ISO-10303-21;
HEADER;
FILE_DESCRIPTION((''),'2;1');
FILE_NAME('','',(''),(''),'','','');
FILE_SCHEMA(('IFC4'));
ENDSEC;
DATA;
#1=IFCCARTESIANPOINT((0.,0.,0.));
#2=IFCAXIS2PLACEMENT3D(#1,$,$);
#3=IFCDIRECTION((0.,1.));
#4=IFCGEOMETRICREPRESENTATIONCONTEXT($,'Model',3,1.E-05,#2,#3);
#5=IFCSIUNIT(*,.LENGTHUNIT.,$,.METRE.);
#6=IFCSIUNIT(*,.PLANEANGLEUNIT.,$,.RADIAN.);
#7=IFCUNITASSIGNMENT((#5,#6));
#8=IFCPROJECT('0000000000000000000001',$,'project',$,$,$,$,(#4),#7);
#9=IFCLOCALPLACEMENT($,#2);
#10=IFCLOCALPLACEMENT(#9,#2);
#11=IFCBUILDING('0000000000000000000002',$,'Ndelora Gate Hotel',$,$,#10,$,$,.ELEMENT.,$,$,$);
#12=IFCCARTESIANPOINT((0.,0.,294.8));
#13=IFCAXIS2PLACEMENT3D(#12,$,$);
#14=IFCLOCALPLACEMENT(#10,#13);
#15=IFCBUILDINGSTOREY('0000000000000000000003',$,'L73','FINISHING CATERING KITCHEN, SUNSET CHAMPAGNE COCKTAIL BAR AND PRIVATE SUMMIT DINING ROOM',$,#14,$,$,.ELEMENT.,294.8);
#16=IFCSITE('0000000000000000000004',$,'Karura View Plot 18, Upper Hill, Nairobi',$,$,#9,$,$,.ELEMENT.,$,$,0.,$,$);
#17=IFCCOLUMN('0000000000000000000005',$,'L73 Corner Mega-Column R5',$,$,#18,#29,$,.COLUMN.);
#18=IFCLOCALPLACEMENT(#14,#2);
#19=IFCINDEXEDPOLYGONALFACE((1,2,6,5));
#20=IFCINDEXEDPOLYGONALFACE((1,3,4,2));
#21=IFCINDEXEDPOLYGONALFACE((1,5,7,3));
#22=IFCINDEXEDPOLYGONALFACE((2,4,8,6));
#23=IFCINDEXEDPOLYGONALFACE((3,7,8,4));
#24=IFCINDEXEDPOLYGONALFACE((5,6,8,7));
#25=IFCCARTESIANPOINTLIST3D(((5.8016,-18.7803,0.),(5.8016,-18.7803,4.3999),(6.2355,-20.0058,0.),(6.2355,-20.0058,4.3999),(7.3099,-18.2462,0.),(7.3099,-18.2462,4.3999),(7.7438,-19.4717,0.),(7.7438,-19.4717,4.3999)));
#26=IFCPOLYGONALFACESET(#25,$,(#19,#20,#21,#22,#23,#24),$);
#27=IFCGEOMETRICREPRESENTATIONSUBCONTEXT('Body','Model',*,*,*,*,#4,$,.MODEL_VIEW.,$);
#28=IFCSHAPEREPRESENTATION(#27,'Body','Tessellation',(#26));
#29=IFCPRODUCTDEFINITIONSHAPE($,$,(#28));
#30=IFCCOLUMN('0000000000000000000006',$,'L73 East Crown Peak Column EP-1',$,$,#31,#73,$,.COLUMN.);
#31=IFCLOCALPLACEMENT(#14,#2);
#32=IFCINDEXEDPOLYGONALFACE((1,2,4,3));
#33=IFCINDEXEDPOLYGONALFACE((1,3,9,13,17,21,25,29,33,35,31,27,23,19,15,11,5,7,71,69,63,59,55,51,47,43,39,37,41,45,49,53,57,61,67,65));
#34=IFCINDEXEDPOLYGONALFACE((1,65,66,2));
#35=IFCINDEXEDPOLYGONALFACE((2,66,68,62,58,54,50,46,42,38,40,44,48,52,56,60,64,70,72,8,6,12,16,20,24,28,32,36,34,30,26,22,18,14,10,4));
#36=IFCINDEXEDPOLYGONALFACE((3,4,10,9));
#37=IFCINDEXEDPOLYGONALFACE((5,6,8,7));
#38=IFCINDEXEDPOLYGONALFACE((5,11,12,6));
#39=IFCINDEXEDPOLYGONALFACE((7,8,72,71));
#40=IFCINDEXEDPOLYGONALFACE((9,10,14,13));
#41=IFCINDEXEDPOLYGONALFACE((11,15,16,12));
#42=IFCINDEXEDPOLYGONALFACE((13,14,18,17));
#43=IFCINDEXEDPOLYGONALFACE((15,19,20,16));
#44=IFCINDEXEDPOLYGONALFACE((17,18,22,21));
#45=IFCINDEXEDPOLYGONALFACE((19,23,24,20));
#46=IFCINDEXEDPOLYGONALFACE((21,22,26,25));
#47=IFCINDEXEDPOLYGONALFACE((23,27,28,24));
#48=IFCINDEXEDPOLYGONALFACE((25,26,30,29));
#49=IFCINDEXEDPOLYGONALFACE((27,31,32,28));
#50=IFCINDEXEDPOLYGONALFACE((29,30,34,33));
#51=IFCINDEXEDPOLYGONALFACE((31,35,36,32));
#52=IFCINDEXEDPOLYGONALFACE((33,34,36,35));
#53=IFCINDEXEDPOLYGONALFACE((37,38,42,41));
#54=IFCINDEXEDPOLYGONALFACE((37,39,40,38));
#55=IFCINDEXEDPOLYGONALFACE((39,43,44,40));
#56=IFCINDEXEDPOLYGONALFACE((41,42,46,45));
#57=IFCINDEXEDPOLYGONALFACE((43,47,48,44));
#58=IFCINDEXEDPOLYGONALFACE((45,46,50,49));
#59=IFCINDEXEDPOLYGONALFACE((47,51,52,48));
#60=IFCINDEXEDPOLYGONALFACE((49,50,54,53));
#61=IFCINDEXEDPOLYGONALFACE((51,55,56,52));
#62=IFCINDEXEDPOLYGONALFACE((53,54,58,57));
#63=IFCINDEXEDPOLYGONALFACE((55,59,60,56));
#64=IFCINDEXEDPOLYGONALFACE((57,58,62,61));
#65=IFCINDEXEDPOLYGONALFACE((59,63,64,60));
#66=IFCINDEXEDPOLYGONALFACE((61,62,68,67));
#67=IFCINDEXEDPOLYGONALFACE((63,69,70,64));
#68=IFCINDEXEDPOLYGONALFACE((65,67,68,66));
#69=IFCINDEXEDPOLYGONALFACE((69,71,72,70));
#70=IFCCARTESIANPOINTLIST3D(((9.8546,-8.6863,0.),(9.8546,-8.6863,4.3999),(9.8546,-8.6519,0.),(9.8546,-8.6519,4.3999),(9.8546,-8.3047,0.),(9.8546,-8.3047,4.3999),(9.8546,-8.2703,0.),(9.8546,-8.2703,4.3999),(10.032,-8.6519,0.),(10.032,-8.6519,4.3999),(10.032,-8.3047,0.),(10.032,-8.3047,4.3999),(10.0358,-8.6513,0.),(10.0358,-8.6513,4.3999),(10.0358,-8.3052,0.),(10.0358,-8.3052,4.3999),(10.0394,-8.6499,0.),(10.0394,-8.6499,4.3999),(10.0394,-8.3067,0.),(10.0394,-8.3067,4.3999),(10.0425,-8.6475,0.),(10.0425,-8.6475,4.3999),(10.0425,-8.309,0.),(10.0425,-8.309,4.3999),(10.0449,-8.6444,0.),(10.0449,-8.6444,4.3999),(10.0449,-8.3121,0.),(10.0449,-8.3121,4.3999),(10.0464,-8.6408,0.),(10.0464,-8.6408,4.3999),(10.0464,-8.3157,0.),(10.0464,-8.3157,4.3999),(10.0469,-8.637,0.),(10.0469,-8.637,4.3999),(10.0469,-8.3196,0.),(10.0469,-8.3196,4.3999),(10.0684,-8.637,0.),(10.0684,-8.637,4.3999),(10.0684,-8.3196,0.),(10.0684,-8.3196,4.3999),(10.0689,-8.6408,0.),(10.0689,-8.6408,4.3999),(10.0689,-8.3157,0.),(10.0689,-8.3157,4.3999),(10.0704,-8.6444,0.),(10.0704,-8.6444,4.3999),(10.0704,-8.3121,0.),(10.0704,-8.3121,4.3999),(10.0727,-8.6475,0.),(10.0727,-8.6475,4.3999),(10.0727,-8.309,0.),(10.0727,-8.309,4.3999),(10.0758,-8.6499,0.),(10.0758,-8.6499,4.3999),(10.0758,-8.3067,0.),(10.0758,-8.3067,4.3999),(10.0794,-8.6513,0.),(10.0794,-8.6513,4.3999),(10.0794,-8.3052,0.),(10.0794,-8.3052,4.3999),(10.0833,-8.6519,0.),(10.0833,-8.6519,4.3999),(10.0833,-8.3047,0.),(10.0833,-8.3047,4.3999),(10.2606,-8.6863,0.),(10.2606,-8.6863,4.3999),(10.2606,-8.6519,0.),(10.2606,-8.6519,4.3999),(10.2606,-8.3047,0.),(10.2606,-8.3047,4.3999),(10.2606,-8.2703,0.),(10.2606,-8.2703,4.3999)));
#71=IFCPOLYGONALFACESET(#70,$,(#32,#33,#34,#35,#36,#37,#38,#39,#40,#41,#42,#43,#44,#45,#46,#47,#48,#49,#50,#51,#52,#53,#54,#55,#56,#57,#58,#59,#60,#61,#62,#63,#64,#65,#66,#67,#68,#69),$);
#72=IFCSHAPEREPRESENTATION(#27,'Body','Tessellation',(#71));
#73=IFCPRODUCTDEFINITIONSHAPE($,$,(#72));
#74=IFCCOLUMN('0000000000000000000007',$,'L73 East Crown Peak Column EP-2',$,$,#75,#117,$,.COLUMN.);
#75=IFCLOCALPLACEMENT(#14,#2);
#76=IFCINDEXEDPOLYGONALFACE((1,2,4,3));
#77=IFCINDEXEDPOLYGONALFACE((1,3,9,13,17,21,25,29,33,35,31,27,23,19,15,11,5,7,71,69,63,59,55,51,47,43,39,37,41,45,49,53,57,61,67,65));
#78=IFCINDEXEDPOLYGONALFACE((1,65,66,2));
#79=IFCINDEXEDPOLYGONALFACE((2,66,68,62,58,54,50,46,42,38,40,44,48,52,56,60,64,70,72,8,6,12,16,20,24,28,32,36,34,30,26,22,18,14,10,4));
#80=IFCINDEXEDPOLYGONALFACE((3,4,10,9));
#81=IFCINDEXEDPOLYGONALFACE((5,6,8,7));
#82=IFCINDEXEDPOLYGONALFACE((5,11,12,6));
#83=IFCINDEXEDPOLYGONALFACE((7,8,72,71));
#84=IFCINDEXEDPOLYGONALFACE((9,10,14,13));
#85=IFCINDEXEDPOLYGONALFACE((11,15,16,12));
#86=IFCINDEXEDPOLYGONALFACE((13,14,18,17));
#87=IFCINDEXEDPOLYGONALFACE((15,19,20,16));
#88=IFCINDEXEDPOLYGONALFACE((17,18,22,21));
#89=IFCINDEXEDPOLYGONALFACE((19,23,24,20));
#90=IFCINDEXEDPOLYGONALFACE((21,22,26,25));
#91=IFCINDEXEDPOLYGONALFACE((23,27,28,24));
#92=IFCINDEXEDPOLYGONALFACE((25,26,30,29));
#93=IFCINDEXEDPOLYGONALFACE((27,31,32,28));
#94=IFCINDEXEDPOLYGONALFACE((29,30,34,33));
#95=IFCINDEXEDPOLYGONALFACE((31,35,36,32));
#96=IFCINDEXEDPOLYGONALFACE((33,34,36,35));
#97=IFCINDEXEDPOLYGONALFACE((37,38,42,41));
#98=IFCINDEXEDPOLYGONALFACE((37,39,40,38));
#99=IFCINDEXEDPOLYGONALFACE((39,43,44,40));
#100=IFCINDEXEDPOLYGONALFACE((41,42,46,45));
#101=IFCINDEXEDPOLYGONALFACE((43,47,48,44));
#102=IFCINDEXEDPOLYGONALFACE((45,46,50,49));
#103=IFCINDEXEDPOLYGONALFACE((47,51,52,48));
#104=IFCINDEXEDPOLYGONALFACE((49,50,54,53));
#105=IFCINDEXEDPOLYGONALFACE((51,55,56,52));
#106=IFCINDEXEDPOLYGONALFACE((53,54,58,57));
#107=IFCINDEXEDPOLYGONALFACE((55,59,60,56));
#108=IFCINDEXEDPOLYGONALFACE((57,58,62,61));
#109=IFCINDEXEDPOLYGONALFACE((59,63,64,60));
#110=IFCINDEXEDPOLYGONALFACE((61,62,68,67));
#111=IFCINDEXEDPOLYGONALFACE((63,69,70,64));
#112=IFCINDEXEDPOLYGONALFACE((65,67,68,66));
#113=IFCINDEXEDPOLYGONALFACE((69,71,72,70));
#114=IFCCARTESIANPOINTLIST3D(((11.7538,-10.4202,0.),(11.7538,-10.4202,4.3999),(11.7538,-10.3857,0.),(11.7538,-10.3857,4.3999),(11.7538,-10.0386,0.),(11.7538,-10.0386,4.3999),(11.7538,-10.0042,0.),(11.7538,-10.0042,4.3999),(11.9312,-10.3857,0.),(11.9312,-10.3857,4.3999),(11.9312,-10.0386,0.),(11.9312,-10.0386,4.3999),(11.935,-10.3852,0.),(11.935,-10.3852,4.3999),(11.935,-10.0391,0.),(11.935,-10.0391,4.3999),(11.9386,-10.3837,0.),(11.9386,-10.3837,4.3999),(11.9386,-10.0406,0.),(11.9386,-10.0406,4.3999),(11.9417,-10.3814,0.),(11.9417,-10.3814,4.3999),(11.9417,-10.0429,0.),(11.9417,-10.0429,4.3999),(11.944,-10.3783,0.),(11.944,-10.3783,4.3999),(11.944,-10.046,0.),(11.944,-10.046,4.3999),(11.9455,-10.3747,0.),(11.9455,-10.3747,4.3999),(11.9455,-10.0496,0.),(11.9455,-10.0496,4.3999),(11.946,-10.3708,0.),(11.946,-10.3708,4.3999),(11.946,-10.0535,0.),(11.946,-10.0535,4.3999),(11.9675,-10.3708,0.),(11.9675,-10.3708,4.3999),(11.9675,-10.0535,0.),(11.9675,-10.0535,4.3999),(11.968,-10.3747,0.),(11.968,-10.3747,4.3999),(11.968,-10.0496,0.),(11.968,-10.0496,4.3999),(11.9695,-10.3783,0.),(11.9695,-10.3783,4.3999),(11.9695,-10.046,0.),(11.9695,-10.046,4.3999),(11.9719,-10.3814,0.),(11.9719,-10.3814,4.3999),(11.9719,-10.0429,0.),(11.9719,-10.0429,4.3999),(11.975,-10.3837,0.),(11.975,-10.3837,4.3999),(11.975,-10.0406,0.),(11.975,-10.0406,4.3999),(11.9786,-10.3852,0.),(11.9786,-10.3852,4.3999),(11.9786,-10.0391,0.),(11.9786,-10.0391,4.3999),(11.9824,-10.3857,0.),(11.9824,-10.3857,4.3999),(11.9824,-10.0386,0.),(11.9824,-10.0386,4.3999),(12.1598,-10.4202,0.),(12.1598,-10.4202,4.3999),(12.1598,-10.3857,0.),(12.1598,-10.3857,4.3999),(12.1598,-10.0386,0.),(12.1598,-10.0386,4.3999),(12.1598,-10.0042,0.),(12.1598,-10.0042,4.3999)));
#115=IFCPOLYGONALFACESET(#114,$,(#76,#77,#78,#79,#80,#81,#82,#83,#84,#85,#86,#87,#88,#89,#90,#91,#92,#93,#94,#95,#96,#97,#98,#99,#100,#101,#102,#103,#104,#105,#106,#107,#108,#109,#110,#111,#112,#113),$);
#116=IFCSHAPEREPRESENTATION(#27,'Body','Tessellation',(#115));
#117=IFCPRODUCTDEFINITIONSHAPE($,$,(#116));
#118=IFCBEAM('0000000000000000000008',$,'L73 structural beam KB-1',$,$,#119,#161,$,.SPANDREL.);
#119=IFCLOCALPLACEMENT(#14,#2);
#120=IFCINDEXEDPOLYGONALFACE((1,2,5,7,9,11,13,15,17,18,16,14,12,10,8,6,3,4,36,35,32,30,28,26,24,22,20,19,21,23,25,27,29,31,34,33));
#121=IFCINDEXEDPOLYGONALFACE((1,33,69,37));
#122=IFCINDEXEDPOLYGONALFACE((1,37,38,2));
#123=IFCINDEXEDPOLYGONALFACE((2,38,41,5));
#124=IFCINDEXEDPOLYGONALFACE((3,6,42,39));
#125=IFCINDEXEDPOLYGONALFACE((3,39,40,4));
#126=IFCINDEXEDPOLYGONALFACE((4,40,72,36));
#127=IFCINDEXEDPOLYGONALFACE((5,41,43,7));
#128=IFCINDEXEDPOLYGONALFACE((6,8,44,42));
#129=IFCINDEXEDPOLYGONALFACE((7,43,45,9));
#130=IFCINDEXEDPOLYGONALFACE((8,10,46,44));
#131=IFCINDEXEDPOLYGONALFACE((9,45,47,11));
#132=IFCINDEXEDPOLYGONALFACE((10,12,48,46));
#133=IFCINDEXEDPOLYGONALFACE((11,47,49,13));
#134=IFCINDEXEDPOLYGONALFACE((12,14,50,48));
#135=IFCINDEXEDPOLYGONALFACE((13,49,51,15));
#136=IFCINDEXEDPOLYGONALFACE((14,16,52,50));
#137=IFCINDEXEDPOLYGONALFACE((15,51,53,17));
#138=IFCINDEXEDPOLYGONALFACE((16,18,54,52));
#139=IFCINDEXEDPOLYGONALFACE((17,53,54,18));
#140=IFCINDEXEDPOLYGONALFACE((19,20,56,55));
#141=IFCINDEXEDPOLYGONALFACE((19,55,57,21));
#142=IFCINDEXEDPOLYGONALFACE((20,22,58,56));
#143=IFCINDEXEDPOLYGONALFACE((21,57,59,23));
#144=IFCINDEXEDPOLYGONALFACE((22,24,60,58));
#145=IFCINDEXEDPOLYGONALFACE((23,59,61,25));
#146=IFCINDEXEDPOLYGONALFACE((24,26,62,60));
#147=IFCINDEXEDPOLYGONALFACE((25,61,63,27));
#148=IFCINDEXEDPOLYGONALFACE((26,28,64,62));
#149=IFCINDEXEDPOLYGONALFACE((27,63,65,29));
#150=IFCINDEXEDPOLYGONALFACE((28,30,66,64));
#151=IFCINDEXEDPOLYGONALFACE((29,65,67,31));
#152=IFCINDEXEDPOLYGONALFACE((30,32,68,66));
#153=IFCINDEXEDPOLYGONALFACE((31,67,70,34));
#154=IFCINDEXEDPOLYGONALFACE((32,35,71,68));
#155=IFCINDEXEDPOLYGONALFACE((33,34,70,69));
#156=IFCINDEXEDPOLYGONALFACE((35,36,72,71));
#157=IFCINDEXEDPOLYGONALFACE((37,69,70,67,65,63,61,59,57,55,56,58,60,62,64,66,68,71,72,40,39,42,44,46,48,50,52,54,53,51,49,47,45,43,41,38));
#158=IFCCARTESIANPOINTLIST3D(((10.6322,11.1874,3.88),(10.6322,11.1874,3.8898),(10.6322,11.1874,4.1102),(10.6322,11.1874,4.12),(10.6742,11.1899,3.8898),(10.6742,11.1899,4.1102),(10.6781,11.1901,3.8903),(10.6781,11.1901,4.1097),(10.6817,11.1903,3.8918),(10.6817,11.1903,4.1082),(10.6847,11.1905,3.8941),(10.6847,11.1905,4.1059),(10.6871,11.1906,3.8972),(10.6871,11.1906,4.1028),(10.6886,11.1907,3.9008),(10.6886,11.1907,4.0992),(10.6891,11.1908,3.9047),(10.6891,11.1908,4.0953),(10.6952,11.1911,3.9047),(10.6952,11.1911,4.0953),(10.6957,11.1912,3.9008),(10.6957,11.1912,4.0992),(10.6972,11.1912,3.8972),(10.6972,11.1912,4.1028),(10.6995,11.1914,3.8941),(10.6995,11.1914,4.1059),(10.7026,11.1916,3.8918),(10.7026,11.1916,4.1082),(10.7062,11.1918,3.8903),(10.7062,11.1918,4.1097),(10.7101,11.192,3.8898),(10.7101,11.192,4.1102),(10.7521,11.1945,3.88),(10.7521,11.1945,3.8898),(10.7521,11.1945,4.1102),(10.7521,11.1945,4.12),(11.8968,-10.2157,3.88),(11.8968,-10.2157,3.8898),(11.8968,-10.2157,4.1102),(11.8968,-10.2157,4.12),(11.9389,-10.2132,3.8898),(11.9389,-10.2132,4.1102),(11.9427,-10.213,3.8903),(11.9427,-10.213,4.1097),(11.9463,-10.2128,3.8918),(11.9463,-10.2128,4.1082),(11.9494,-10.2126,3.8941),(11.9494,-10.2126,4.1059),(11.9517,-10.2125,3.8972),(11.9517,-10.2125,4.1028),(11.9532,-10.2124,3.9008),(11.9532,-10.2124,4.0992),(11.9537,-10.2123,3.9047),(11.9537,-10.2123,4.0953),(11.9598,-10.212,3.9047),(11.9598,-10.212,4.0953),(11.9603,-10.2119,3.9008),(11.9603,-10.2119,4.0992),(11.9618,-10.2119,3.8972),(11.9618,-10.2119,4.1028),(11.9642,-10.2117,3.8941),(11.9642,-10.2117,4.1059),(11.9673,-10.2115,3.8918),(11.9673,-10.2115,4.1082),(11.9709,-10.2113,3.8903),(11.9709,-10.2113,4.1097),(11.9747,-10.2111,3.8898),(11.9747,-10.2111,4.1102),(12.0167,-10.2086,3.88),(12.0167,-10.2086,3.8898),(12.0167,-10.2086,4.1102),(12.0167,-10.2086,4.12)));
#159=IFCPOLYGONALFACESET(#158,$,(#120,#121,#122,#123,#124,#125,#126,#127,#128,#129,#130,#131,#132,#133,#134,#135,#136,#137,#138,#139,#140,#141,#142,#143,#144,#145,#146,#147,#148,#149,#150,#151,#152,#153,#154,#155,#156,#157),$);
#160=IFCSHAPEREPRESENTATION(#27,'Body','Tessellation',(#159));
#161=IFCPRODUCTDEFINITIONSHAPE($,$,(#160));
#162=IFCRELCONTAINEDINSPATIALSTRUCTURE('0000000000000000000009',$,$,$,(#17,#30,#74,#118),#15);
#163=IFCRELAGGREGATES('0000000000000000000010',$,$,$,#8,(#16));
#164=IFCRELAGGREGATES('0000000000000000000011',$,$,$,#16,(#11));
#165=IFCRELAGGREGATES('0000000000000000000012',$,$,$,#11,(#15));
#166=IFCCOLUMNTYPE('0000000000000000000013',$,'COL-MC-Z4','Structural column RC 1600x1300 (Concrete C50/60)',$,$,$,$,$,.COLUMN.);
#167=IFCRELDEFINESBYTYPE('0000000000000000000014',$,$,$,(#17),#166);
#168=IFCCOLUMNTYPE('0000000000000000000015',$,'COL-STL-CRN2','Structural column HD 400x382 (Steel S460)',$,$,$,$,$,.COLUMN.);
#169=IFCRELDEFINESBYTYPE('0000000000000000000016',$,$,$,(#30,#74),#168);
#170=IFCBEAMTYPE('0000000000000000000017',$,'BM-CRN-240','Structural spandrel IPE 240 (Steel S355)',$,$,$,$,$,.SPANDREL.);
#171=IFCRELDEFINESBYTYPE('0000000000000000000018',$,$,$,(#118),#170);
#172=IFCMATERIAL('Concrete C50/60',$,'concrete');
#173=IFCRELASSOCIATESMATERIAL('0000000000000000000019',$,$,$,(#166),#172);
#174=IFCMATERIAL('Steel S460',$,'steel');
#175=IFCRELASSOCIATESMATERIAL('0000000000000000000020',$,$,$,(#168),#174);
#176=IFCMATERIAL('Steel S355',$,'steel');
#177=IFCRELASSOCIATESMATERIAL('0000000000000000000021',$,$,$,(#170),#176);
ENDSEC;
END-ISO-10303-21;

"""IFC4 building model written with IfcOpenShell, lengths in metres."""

from ifc_helpers import new_model, si_unit, direction, frame, origin, origin_2d, place, context, subcontext, project, spatial, rectangle, i_section, extrude, material, material_profile, profile_set, type_object, element, save


model = new_model("IFC4")

# Units and contexts
model_context = context("Model", 3, precision=1e-05, world=origin(), true_north=direction((0.0, 1.0)))
body_context = subcontext(model_context, "Body", "Model", "MODEL_VIEW")
ifc_project = project(units=[si_unit("LENGTHUNIT", "METRE"), si_unit("PLANEANGLEUNIT", "RADIAN")], contexts=[model_context])

# Site, building, storey
site_placement = place(None, origin())
site = spatial("IfcSite", under=ifc_project, at=site_placement, Name="Karura View Plot 18, Upper Hill, Nairobi", CompositionType="ELEMENT", RefElevation=0.0)
building_placement = place(site_placement, origin())
building = spatial("IfcBuilding", under=site, at=building_placement, Name="Ndelora Gate Hotel", CompositionType="ELEMENT")
storey_placement = place(building_placement, frame((0.0, 0.0, 294.8)))
storey = spatial("IfcBuildingStorey", under=building, at=storey_placement, Name="L73", Description="FINISHING CATERING KITCHEN, SUNSET CHAMPAGNE COCKTAIL BAR AND PRIVATE SUMMIT DINING ROOM", CompositionType="ELEMENT", Elevation=294.8)

# Columns
ifc_material_1 = material(Name="Concrete C50/60", Category="concrete")
ifc_material_profile_1 = material_profile(ifc_material_1, rectangle(XDim=1.3, YDim=1.6001, at=origin_2d()), Name="RC 1600x1300")
ifc_profile_set_1 = profile_set([ifc_material_profile_1], Name="Concrete C50/60")
column_type_1 = type_object("IfcColumnType", Name="COL-MC-Z4", Description="Structural column RC 1600x1300 (Concrete C50/60)", PredefinedType="COLUMN", material=ifc_profile_set_1)
column_placement = place(storey_placement, frame((6.7727, -19.126, 0.0), z_axis=(0.0, 0.0, 1.0), x_axis=(-0.333807, 0.942641, 0.0)))
element("IfcColumn", 1, at=column_placement, inside=storey, type_object=column_type_1, Name="L73 Corner Mega-Column R5", PredefinedType="COLUMN", context=body_context, shape_type="SweptSolid", body=[
    extrude(rectangle(XDim=1.3, YDim=1.6001, at=origin_2d()), origin(), (0.0, 0.0, 1.0), 4.3999),
])
ifc_material_2 = material(Name="Steel S460", Category="steel")
ifc_material_profile_2 = material_profile(ifc_material_2, i_section(OverallWidth=0.406, OverallDepth=0.416, WebThickness=0.0215, FlangeThickness=0.0344, FilletRadius=0.0149, at=origin_2d()), Name="HD 400x382")
ifc_profile_set_2 = profile_set([ifc_material_profile_2], Name="Steel S460")
column_type_2 = type_object("IfcColumnType", Name="COL-STL-CRN2", Description="Structural column HD 400x382 (Steel S460)", PredefinedType="COLUMN", material=ifc_profile_set_2)
for number, where, z_axis, x_axis, name in (
    (2, (10.0576, -8.4783, 0.0), (0.0, 0.0, 1.0), (1.0, 0.0, 0.0), "L73 East Crown Peak Column EP-1"),
    (3, (11.9568, -10.2122, 0.0), (0.0, 0.0, 1.0), (1.0, 0.0, 0.0), "L73 East Crown Peak Column EP-2"),
):
    element("IfcColumn", number, at=place(storey_placement, frame(where, z_axis=z_axis, x_axis=x_axis)), inside=storey, type_object=column_type_2, Name=name, PredefinedType="COLUMN", context=body_context, shape_type="SweptSolid", body=[
        extrude(i_section(OverallWidth=0.406, OverallDepth=0.416, WebThickness=0.0215, FlangeThickness=0.0344, FilletRadius=0.0149, at=origin_2d()), origin(), (0.0, 0.0, 1.0), 4.3999),
    ])

# Beam
ifc_material_3 = material(Name="Steel S355", Category="steel")
ifc_material_profile_3 = material_profile(ifc_material_3, i_section(OverallWidth=0.1201, OverallDepth=0.24, WebThickness=0.0061, FlangeThickness=0.0098, FilletRadius=0.0149, at=origin_2d()), Name="IPE 240")
ifc_profile_set_3 = profile_set([ifc_material_profile_3], Name="Steel S355")
beam_type_1 = type_object("IfcBeamType", Name="BM-CRN-240", Description="Structural spandrel IPE 240 (Steel S355)", PredefinedType="SPANDREL", material=ifc_profile_set_3)
beam_1_placement = place(storey_placement, frame((11.9568, -10.2122, 4.0), z_axis=(-0.058984, 0.998259, 0.0), x_axis=(-0.998259, -0.058984, 0.0)))
element("IfcBeam", 4, at=beam_1_placement, inside=storey, type_object=beam_type_1, Name="L73 structural beam KB-1", PredefinedType="SPANDREL", context=body_context, shape_type="SweptSolid", body=[
    extrude(i_section(OverallWidth=0.1201, OverallDepth=0.24, WebThickness=0.0061, FlangeThickness=0.0098, FilletRadius=0.0149, at=origin_2d()), origin(), (0.0, 0.0, 1.0), 21.4404),
])

save(model, "model.ifc")
